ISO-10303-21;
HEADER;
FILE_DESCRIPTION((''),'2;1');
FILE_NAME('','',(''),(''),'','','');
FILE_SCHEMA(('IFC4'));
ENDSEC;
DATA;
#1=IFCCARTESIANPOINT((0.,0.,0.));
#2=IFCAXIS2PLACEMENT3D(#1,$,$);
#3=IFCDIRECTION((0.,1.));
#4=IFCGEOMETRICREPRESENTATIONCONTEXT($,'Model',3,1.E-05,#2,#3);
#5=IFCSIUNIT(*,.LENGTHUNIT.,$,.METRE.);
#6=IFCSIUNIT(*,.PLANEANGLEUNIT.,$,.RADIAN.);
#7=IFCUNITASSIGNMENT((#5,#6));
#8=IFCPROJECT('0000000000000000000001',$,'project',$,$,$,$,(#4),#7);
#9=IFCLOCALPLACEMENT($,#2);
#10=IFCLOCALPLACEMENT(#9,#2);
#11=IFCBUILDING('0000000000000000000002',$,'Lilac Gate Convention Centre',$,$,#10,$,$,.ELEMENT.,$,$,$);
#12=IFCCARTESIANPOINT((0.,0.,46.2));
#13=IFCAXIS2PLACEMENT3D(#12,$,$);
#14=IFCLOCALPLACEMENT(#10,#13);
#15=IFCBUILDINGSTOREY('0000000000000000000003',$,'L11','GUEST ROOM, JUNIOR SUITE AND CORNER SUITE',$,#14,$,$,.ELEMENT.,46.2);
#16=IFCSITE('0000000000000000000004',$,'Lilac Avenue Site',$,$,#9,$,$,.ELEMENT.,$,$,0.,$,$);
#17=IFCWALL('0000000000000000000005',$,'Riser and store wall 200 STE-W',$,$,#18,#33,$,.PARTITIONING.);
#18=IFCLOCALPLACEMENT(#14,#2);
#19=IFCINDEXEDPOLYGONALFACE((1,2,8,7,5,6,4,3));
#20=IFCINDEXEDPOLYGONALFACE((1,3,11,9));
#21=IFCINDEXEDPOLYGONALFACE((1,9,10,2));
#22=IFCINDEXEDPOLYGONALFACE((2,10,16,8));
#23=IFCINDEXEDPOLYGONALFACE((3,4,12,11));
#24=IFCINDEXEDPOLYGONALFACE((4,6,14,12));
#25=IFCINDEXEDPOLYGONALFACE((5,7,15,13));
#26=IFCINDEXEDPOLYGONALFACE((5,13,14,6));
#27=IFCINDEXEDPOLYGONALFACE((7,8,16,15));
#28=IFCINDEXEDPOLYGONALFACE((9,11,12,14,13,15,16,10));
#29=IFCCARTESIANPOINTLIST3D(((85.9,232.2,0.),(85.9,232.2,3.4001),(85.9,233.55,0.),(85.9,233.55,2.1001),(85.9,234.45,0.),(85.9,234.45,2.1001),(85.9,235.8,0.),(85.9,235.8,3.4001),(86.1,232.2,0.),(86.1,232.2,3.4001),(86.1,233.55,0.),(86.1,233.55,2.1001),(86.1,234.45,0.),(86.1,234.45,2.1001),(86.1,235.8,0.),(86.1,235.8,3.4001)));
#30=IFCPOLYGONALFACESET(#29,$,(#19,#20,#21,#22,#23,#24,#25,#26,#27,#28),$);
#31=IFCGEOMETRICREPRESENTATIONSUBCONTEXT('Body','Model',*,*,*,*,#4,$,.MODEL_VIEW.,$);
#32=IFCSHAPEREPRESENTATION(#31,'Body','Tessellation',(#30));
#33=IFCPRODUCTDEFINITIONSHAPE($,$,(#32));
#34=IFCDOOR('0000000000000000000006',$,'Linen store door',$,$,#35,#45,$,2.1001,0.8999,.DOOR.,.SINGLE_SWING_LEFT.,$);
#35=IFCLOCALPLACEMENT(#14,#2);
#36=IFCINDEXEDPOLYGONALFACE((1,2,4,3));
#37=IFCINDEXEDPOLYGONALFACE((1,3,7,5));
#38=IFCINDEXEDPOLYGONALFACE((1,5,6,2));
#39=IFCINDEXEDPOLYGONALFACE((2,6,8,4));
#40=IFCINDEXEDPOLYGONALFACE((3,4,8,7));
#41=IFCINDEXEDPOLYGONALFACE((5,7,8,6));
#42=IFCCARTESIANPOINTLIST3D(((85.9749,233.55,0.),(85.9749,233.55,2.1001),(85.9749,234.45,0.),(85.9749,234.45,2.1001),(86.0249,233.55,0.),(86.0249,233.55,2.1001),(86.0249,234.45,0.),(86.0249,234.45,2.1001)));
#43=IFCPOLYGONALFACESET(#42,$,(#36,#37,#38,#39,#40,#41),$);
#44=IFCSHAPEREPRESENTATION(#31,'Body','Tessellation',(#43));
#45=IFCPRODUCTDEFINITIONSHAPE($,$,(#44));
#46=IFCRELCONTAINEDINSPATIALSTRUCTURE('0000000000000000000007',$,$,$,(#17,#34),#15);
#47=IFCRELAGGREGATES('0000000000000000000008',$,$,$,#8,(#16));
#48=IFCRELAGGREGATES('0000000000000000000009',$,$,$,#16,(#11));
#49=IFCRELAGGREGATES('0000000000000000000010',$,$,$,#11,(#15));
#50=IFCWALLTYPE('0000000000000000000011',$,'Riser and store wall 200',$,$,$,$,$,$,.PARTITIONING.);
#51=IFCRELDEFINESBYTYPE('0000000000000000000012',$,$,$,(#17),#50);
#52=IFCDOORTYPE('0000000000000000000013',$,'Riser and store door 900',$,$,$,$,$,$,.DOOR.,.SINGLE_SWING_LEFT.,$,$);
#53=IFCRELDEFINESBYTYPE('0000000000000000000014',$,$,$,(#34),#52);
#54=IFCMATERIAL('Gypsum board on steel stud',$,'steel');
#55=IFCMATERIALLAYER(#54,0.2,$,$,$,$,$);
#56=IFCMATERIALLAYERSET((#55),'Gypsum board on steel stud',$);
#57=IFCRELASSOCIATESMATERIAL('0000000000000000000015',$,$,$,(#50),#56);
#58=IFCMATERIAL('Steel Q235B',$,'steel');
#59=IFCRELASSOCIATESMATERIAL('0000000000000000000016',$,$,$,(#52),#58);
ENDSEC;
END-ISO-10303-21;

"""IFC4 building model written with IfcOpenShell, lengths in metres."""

from ifc_helpers import new_model, si_unit, direction, frame, frame_2d, origin, place, context, subcontext, project, spatial, rectangle, extrude, material, layer, layer_set, type_object, element, fill, save


model = new_model("IFC4")

# Units and contexts
model_context = context("Model", 3, precision=1e-05, world=origin(), true_north=direction((0.0, 1.0)))
body_context = subcontext(model_context, "Body", "Model", "MODEL_VIEW")
ifc_project = project(units=[si_unit("LENGTHUNIT", "METRE"), si_unit("PLANEANGLEUNIT", "RADIAN")], contexts=[model_context])

# Site, building, storey
site_placement = place(None, origin())
site = spatial("IfcSite", under=ifc_project, at=site_placement, Name="Lilac Avenue Site", CompositionType="ELEMENT", RefElevation=0.0)
building_placement = place(site_placement, origin())
building = spatial("IfcBuilding", under=site, at=building_placement, Name="Lilac Gate Convention Centre", CompositionType="ELEMENT")
storey_placement = place(building_placement, frame((0.0, 0.0, 46.2)))
storey = spatial("IfcBuildingStorey", under=building, at=storey_placement, Name="L11", Description="GUEST ROOM, JUNIOR SUITE AND CORNER SUITE", CompositionType="ELEMENT", Elevation=46.2)

# Shared definitions
ifc_material_1 = material(Name="Gypsum board on steel stud", Category="steel")

# Shared definitions
ifc_layer_1 = layer(ifc_material_1, 0.2)
ifc_layer_set_1 = layer_set([ifc_layer_1], Name="Gypsum board on steel stud")
wall_type_1 = type_object("IfcWallType", Name="Riser and store wall 200", PredefinedType="PARTITIONING", material=ifc_layer_set_1)

# Wall, opening, door
wall_1_placement = place(storey_placement, frame((86.0, 235.8, 0.0), z_axis=(0.0, 0.0, 1.0), x_axis=(0.0, -1.0, 0.0)))
wall_1 = element("IfcWall", 1, at=wall_1_placement, inside=storey, type_object=wall_type_1, Name="Riser and store wall 200 STE-W", PredefinedType="PARTITIONING", context=body_context, shape_type="SweptSolid", body=[
    extrude(rectangle(XDim=3.6001, YDim=0.2, at=frame_2d((1.8, 0.0))), origin(), (0.0, 0.0, 1.0), 3.4001),
])
opening_1_placement = place(wall_1_placement, frame((1.3501, 0.0, 0.0)))
opening_1 = element("IfcOpeningElement", 2, at=opening_1_placement, cuts=wall_1, PredefinedType="OPENING", context=body_context, shape_type="SweptSolid", body=[
    extrude(rectangle(XDim=0.8999, YDim=2.1001, at=frame_2d((0.45, 1.05))), frame((0.0, 0.1099, 0.0), z_axis=(0.0, -1.0, 0.0), x_axis=(1.0, 0.0, 0.0)), (0.0, 0.0, 1.0), 0.22),
])
ifc_material_2 = material(Name="Steel Q235B", Category="steel")
door_type_1 = type_object("IfcDoorType", Name="Riser and store door 900", OperationType="SINGLE_SWING_LEFT", PredefinedType="DOOR", material=ifc_material_2)
door_1_placement = place(opening_1_placement, origin())
door_1 = element("IfcDoor", 3, at=door_1_placement, inside=storey, type_object=door_type_1, Name="Linen store door", OperationType="SINGLE_SWING_LEFT", OverallHeight=2.1001, OverallWidth=0.8999, PredefinedType="DOOR", context=body_context, shape_type="SweptSolid", body=[
    extrude(rectangle(XDim=0.8999, YDim=2.1001, at=frame_2d((0.45, 1.05))), frame((0.0, 0.0249, 0.0), z_axis=(0.0, -1.0, 0.0), x_axis=(1.0, 0.0, 0.0)), (0.0, 0.0, 1.0), 0.05),
])
fill(opening_1, door_1)

save(model, "model.ifc")
